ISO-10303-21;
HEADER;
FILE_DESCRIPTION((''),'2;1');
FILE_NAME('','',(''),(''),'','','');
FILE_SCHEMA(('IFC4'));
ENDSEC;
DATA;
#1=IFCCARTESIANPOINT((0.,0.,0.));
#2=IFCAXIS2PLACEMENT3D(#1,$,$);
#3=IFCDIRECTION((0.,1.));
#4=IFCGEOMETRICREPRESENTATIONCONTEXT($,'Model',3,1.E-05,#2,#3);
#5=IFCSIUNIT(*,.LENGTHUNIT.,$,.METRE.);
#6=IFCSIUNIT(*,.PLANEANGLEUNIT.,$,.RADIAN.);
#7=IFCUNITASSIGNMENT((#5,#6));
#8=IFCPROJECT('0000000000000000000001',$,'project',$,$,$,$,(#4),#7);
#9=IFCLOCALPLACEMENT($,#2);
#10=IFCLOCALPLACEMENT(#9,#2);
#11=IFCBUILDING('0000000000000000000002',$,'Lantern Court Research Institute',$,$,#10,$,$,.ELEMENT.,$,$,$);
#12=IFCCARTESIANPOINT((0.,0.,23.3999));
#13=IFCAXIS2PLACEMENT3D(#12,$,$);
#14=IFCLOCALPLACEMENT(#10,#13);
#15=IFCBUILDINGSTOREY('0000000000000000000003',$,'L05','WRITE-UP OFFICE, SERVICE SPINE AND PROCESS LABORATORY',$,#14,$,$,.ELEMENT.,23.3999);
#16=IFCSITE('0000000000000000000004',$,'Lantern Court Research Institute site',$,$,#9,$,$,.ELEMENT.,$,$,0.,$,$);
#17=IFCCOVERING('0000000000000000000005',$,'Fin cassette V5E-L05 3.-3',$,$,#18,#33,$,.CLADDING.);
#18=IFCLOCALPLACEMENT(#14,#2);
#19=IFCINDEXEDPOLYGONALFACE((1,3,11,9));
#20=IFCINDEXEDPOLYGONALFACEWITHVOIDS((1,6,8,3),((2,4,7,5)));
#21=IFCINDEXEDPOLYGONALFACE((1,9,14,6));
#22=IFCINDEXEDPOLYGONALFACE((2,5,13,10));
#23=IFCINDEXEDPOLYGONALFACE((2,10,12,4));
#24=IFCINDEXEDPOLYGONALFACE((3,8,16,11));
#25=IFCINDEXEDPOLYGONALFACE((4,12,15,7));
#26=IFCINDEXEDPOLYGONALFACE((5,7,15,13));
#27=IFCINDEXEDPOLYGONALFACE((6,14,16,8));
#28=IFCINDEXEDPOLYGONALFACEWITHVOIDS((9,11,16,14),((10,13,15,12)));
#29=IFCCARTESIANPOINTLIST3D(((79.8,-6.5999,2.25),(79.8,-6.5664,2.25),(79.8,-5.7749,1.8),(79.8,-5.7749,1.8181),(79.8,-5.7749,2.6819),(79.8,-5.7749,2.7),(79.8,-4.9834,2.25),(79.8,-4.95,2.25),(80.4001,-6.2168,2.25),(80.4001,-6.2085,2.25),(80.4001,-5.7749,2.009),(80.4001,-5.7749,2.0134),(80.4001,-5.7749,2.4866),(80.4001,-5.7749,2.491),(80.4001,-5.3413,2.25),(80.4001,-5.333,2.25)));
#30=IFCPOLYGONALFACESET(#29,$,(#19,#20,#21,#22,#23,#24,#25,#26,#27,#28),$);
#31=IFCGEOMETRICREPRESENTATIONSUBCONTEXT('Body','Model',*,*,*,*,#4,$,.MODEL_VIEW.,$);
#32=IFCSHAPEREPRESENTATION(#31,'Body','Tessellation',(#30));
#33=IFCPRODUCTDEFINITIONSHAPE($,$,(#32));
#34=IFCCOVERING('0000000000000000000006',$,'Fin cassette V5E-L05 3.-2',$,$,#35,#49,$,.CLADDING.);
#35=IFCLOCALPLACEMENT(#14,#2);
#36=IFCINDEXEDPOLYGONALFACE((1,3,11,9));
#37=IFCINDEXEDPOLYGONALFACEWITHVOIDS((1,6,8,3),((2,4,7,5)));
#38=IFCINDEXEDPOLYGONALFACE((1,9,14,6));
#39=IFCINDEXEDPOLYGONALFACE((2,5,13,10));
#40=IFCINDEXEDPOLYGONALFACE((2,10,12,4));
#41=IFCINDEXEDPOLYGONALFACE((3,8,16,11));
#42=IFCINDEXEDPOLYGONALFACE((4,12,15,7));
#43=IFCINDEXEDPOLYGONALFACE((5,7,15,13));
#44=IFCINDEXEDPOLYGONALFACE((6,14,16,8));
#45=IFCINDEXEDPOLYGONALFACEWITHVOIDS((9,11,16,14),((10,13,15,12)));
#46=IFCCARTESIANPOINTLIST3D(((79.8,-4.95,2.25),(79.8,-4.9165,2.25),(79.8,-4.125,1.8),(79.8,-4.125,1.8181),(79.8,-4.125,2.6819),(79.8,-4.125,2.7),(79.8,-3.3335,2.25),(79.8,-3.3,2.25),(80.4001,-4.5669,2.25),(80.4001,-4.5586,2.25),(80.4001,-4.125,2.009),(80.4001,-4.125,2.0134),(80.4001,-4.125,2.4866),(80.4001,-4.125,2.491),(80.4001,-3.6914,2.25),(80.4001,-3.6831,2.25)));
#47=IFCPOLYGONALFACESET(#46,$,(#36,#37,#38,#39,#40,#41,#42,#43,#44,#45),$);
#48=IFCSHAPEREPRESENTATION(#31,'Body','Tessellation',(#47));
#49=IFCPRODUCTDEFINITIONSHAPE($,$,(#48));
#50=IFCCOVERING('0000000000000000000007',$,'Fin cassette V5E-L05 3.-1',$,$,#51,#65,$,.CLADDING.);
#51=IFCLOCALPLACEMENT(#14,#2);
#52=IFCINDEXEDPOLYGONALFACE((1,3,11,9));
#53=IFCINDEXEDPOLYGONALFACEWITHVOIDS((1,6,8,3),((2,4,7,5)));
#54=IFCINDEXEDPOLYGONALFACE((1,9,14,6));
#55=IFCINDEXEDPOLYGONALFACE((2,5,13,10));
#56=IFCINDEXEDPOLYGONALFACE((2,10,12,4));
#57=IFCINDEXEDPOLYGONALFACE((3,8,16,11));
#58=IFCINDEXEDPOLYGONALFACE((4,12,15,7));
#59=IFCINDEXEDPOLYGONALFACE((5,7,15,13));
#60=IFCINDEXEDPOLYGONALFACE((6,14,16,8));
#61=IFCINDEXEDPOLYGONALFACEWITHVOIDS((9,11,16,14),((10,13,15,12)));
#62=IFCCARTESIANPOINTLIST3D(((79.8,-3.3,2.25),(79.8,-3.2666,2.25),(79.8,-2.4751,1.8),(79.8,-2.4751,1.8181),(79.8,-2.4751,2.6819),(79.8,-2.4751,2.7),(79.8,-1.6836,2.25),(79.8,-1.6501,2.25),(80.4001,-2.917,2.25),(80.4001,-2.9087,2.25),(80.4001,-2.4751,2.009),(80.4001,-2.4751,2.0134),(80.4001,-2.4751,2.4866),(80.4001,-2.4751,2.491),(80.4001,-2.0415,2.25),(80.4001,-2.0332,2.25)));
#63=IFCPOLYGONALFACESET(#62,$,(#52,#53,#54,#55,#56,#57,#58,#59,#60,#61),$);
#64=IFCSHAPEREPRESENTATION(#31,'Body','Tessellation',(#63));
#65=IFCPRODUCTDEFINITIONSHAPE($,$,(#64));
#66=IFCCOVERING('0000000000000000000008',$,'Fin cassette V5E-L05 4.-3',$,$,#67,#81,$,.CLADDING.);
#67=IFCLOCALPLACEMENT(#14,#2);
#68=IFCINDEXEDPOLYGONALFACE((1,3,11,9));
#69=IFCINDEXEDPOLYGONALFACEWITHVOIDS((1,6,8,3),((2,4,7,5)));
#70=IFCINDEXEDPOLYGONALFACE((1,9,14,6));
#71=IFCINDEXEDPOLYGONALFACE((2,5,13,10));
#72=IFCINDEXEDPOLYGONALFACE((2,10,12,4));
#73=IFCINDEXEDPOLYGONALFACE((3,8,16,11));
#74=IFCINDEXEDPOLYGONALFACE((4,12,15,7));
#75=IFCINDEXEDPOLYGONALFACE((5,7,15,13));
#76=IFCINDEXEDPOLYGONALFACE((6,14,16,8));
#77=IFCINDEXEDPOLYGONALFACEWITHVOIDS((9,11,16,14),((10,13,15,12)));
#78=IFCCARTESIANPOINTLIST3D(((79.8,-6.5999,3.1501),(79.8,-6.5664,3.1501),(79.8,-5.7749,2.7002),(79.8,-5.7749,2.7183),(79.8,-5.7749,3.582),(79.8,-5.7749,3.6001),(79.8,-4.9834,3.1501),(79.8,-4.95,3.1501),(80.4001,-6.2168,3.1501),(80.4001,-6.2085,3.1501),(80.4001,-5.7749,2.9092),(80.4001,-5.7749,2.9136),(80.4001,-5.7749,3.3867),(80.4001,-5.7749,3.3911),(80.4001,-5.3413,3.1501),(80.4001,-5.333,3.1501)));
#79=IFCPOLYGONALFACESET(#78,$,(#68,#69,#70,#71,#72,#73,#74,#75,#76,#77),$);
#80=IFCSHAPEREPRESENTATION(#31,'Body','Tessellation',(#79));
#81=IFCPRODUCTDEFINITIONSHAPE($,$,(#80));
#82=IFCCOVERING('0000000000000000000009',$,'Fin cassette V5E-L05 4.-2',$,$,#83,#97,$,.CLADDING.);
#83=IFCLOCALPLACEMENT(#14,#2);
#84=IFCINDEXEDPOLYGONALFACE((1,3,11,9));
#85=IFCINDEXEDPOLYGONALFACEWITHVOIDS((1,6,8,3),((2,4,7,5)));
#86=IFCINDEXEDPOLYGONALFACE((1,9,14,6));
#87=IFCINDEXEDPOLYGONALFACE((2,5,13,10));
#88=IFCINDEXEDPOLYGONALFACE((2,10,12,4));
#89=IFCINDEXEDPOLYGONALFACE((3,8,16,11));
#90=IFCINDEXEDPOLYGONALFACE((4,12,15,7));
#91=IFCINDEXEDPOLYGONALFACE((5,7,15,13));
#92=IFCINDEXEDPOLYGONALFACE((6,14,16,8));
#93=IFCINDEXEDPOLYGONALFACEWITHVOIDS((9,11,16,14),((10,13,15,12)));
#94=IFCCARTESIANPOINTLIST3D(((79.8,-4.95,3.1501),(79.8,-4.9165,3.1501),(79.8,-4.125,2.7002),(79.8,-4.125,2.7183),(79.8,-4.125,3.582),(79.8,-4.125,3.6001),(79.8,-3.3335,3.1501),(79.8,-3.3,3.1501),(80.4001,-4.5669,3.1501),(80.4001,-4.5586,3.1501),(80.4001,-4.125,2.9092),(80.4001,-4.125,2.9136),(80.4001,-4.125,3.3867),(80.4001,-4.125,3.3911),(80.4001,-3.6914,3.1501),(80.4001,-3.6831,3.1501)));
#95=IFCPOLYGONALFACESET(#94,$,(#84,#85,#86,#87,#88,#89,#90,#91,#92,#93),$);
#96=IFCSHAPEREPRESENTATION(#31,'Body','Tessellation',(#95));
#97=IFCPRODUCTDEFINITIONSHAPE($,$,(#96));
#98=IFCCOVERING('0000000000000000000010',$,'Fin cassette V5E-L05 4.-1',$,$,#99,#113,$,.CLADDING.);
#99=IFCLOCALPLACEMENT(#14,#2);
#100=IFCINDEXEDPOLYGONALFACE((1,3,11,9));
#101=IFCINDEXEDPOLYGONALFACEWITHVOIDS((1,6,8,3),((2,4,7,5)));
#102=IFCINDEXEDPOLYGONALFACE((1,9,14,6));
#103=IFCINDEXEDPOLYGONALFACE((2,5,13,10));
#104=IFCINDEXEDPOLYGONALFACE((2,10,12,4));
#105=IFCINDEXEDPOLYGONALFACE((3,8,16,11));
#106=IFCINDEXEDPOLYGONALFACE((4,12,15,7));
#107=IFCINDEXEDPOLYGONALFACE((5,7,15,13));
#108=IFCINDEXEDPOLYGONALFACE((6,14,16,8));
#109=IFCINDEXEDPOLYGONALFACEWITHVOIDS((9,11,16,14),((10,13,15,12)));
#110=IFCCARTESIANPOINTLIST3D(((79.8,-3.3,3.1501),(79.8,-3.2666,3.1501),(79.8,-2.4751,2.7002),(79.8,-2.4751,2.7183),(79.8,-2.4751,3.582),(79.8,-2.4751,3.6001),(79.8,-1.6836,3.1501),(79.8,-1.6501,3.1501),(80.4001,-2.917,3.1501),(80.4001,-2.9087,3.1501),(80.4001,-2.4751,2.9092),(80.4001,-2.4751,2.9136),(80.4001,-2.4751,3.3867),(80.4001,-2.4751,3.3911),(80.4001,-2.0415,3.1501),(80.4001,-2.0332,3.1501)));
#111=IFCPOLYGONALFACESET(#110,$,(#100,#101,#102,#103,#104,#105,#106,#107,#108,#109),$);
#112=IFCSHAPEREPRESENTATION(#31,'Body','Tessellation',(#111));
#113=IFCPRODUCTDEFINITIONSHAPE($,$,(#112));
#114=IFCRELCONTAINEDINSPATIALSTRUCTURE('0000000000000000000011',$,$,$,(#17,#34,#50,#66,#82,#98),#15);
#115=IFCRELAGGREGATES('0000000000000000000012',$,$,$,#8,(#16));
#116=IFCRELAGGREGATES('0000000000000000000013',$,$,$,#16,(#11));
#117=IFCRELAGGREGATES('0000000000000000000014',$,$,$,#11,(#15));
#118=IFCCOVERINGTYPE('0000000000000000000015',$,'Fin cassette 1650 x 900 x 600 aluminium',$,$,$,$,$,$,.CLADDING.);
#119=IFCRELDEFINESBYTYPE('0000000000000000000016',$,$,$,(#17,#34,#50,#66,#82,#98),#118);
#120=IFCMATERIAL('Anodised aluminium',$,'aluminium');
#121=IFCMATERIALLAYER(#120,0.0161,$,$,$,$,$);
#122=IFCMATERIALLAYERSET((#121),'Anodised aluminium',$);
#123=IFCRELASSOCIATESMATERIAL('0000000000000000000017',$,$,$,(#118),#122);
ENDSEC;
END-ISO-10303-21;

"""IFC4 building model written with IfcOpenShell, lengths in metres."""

from ifc_helpers import new_model, entity, si_unit, direction, frame, origin, place, context, subcontext, project, spatial, material, layer, layer_set, type_object, element, save


model = new_model("IFC4")

# Units and contexts
model_context = context("Model", 3, precision=1e-05, world=origin(), true_north=direction((0.0, 1.0)))
body_context = subcontext(model_context, "Body", "Model", "MODEL_VIEW")
ifc_project = project(units=[si_unit("LENGTHUNIT", "METRE"), si_unit("PLANEANGLEUNIT", "RADIAN")], contexts=[model_context])

# Site, building, storey
site_placement = place(None, origin())
site = spatial("IfcSite", under=ifc_project, at=site_placement, Name="Lantern Court Research Institute site", CompositionType="ELEMENT", RefElevation=0.0)
building_placement = place(site_placement, origin())
building = spatial("IfcBuilding", under=site, at=building_placement, Name="Lantern Court Research Institute", CompositionType="ELEMENT")
storey_placement = place(building_placement, frame((0.0, 0.0, 23.3999)))
storey = spatial("IfcBuildingStorey", under=building, at=storey_placement, Name="L05", Description="WRITE-UP OFFICE, SERVICE SPINE AND PROCESS LABORATORY", CompositionType="ELEMENT", Elevation=23.3999)

# Coverings
ifc_material_1 = material(Name="Anodised aluminium", Category="aluminium")
ifc_layer_1 = layer(ifc_material_1, 0.0161)
ifc_layer_set_1 = layer_set([ifc_layer_1], Name="Anodised aluminium")
covering_type = type_object("IfcCoveringType", Name="Fin cassette 1650 x 900 x 600 aluminium", PredefinedType="CLADDING", material=ifc_layer_set_1)
covering_1_placement = place(storey_placement, frame((79.8, -5.7749, 2.25), z_axis=(1.0, 0.0, 0.0), x_axis=(0.0, 1.0, 0.0)))
cartesian_point_1 = entity("IfcCartesianPoint", [0.825, 0.0])
cartesian_point_2 = entity("IfcCartesianPoint", [0.7915, 0.0])
cartesian_point_3 = entity("IfcCartesianPoint", [0.4419, 0.0])
cartesian_point_4 = entity("IfcCartesianPoint", [0.4336, 0.0])
element("IfcCovering", 1, at=covering_1_placement, inside=storey, type_object=covering_type, Name="Fin cassette V5E-L05 3.-3", PredefinedType="CLADDING", context=body_context, shape_type="SweptSolid", body=[
    entity("IfcExtrudedAreaSolidTapered", entity("IfcArbitraryProfileDefWithVoids", "AREA", None, entity("IfcPolyline", [cartesian_point_1, entity("IfcCartesianPoint", [0.0, 0.45]), entity("IfcCartesianPoint", [-0.825, 0.0]), entity("IfcCartesianPoint", [0.0, -0.45]), cartesian_point_1]), [entity("IfcPolyline", [cartesian_point_2, entity("IfcCartesianPoint", [0.0, 0.4319]), entity("IfcCartesianPoint", [-0.7915, 0.0]), entity("IfcCartesianPoint", [0.0, -0.4319]), cartesian_point_2])]), entity("IfcAxis2Placement3D", entity("IfcCartesianPoint", [0.0, 0.0, 0.0])), entity("IfcDirection", [0.0, 0.0, 1.0]), 0.6001, entity("IfcArbitraryProfileDefWithVoids", "AREA", None, entity("IfcPolyline", [cartesian_point_3, entity("IfcCartesianPoint", [0.0, 0.241]), entity("IfcCartesianPoint", [-0.4419, 0.0]), entity("IfcCartesianPoint", [0.0, -0.241]), cartesian_point_3]), [entity("IfcPolyline", [cartesian_point_4, entity("IfcCartesianPoint", [0.0, 0.2366]), entity("IfcCartesianPoint", [-0.4336, 0.0]), entity("IfcCartesianPoint", [0.0, -0.2366]), cartesian_point_4])])),
])
covering_2_placement = place(storey_placement, frame((79.8, -4.125, 2.25), z_axis=(1.0, 0.0, 0.0), x_axis=(0.0, 1.0, 0.0)))
cartesian_point_5 = entity("IfcCartesianPoint", [0.825, 0.0])
cartesian_point_6 = entity("IfcCartesianPoint", [0.7915, 0.0])
cartesian_point_7 = entity("IfcCartesianPoint", [0.4419, 0.0])
cartesian_point_8 = entity("IfcCartesianPoint", [0.4336, 0.0])
element("IfcCovering", 2, at=covering_2_placement, inside=storey, type_object=covering_type, Name="Fin cassette V5E-L05 3.-2", PredefinedType="CLADDING", context=body_context, shape_type="SweptSolid", body=[
    entity("IfcExtrudedAreaSolidTapered", entity("IfcArbitraryProfileDefWithVoids", "AREA", None, entity("IfcPolyline", [cartesian_point_5, entity("IfcCartesianPoint", [0.0, 0.45]), entity("IfcCartesianPoint", [-0.825, 0.0]), entity("IfcCartesianPoint", [0.0, -0.45]), cartesian_point_5]), [entity("IfcPolyline", [cartesian_point_6, entity("IfcCartesianPoint", [0.0, 0.4319]), entity("IfcCartesianPoint", [-0.7915, 0.0]), entity("IfcCartesianPoint", [0.0, -0.4319]), cartesian_point_6])]), entity("IfcAxis2Placement3D", entity("IfcCartesianPoint", [0.0, 0.0, 0.0])), entity("IfcDirection", [0.0, 0.0, 1.0]), 0.6001, entity("IfcArbitraryProfileDefWithVoids", "AREA", None, entity("IfcPolyline", [cartesian_point_7, entity("IfcCartesianPoint", [0.0, 0.241]), entity("IfcCartesianPoint", [-0.4419, 0.0]), entity("IfcCartesianPoint", [0.0, -0.241]), cartesian_point_7]), [entity("IfcPolyline", [cartesian_point_8, entity("IfcCartesianPoint", [0.0, 0.2366]), entity("IfcCartesianPoint", [-0.4336, 0.0]), entity("IfcCartesianPoint", [0.0, -0.2366]), cartesian_point_8])])),
])
covering_3_placement = place(storey_placement, frame((79.8, -2.4751, 2.25), z_axis=(1.0, 0.0, 0.0), x_axis=(0.0, 1.0, 0.0)))
cartesian_point_9 = entity("IfcCartesianPoint", [0.825, 0.0])
cartesian_point_10 = entity("IfcCartesianPoint", [0.7915, 0.0])
cartesian_point_11 = entity("IfcCartesianPoint", [0.4419, 0.0])
cartesian_point_12 = entity("IfcCartesianPoint", [0.4336, 0.0])
element("IfcCovering", 3, at=covering_3_placement, inside=storey, type_object=covering_type, Name="Fin cassette V5E-L05 3.-1", PredefinedType="CLADDING", context=body_context, shape_type="SweptSolid", body=[
    entity("IfcExtrudedAreaSolidTapered", entity("IfcArbitraryProfileDefWithVoids", "AREA", None, entity("IfcPolyline", [cartesian_point_9, entity("IfcCartesianPoint", [0.0, 0.45]), entity("IfcCartesianPoint", [-0.825, 0.0]), entity("IfcCartesianPoint", [0.0, -0.45]), cartesian_point_9]), [entity("IfcPolyline", [cartesian_point_10, entity("IfcCartesianPoint", [0.0, 0.4319]), entity("IfcCartesianPoint", [-0.7915, 0.0]), entity("IfcCartesianPoint", [0.0, -0.4319]), cartesian_point_10])]), entity("IfcAxis2Placement3D", entity("IfcCartesianPoint", [0.0, 0.0, 0.0])), entity("IfcDirection", [0.0, 0.0, 1.0]), 0.6001, entity("IfcArbitraryProfileDefWithVoids", "AREA", None, entity("IfcPolyline", [cartesian_point_11, entity("IfcCartesianPoint", [0.0, 0.241]), entity("IfcCartesianPoint", [-0.4419, 0.0]), entity("IfcCartesianPoint", [0.0, -0.241]), cartesian_point_11]), [entity("IfcPolyline", [cartesian_point_12, entity("IfcCartesianPoint", [0.0, 0.2366]), entity("IfcCartesianPoint", [-0.4336, 0.0]), entity("IfcCartesianPoint", [0.0, -0.2366]), cartesian_point_12])])),
])
covering_4_placement = place(storey_placement, frame((79.8, -5.7749, 3.1501), z_axis=(1.0, 0.0, 0.0), x_axis=(0.0, 1.0, 0.0)))
cartesian_point_13 = entity("IfcCartesianPoint", [0.825, 0.0])
cartesian_point_14 = entity("IfcCartesianPoint", [0.7915, 0.0])
cartesian_point_15 = entity("IfcCartesianPoint", [0.4419, 0.0])
cartesian_point_16 = entity("IfcCartesianPoint", [0.4336, 0.0])
element("IfcCovering", 4, at=covering_4_placement, inside=storey, type_object=covering_type, Name="Fin cassette V5E-L05 4.-3", PredefinedType="CLADDING", context=body_context, shape_type="SweptSolid", body=[
    entity("IfcExtrudedAreaSolidTapered", entity("IfcArbitraryProfileDefWithVoids", "AREA", None, entity("IfcPolyline", [cartesian_point_13, entity("IfcCartesianPoint", [0.0, 0.45]), entity("IfcCartesianPoint", [-0.825, 0.0]), entity("IfcCartesianPoint", [0.0, -0.45]), cartesian_point_13]), [entity("IfcPolyline", [cartesian_point_14, entity("IfcCartesianPoint", [0.0, 0.4319]), entity("IfcCartesianPoint", [-0.7915, 0.0]), entity("IfcCartesianPoint", [0.0, -0.4319]), cartesian_point_14])]), entity("IfcAxis2Placement3D", entity("IfcCartesianPoint", [0.0, 0.0, 0.0])), entity("IfcDirection", [0.0, 0.0, 1.0]), 0.6001, entity("IfcArbitraryProfileDefWithVoids", "AREA", None, entity("IfcPolyline", [cartesian_point_15, entity("IfcCartesianPoint", [0.0, 0.241]), entity("IfcCartesianPoint", [-0.4419, 0.0]), entity("IfcCartesianPoint", [0.0, -0.241]), cartesian_point_15]), [entity("IfcPolyline", [cartesian_point_16, entity("IfcCartesianPoint", [0.0, 0.2366]), entity("IfcCartesianPoint", [-0.4336, 0.0]), entity("IfcCartesianPoint", [0.0, -0.2366]), cartesian_point_16])])),
])
covering_5_placement = place(storey_placement, frame((79.8, -4.125, 3.1501), z_axis=(1.0, 0.0, 0.0), x_axis=(0.0, 1.0, 0.0)))
cartesian_point_17 = entity("IfcCartesianPoint", [0.825, 0.0])
cartesian_point_18 = entity("IfcCartesianPoint", [0.7915, 0.0])
cartesian_point_19 = entity("IfcCartesianPoint", [0.4419, 0.0])
cartesian_point_20 = entity("IfcCartesianPoint", [0.4336, 0.0])
element("IfcCovering", 5, at=covering_5_placement, inside=storey, type_object=covering_type, Name="Fin cassette V5E-L05 4.-2", PredefinedType="CLADDING", context=body_context, shape_type="SweptSolid", body=[
    entity("IfcExtrudedAreaSolidTapered", entity("IfcArbitraryProfileDefWithVoids", "AREA", None, entity("IfcPolyline", [cartesian_point_17, entity("IfcCartesianPoint", [0.0, 0.45]), entity("IfcCartesianPoint", [-0.825, 0.0]), entity("IfcCartesianPoint", [0.0, -0.45]), cartesian_point_17]), [entity("IfcPolyline", [cartesian_point_18, entity("IfcCartesianPoint", [0.0, 0.4319]), entity("IfcCartesianPoint", [-0.7915, 0.0]), entity("IfcCartesianPoint", [0.0, -0.4319]), cartesian_point_18])]), entity("IfcAxis2Placement3D", entity("IfcCartesianPoint", [0.0, 0.0, 0.0])), entity("IfcDirection", [0.0, 0.0, 1.0]), 0.6001, entity("IfcArbitraryProfileDefWithVoids", "AREA", None, entity("IfcPolyline", [cartesian_point_19, entity("IfcCartesianPoint", [0.0, 0.241]), entity("IfcCartesianPoint", [-0.4419, 0.0]), entity("IfcCartesianPoint", [0.0, -0.241]), cartesian_point_19]), [entity("IfcPolyline", [cartesian_point_20, entity("IfcCartesianPoint", [0.0, 0.2366]), entity("IfcCartesianPoint", [-0.4336, 0.0]), entity("IfcCartesianPoint", [0.0, -0.2366]), cartesian_point_20])])),
])
covering_6_placement = place(storey_placement, frame((79.8, -2.4751, 3.1501), z_axis=(1.0, 0.0, 0.0), x_axis=(0.0, 1.0, 0.0)))
cartesian_point_21 = entity("IfcCartesianPoint", [0.825, 0.0])
cartesian_point_22 = entity("IfcCartesianPoint", [0.7915, 0.0])
cartesian_point_23 = entity("IfcCartesianPoint", [0.4419, 0.0])
cartesian_point_24 = entity("IfcCartesianPoint", [0.4336, 0.0])
element("IfcCovering", 6, at=covering_6_placement, inside=storey, type_object=covering_type, Name="Fin cassette V5E-L05 4.-1", PredefinedType="CLADDING", context=body_context, shape_type="SweptSolid", body=[
    entity("IfcExtrudedAreaSolidTapered", entity("IfcArbitraryProfileDefWithVoids", "AREA", None, entity("IfcPolyline", [cartesian_point_21, entity("IfcCartesianPoint", [0.0, 0.45]), entity("IfcCartesianPoint", [-0.825, 0.0]), entity("IfcCartesianPoint", [0.0, -0.45]), cartesian_point_21]), [entity("IfcPolyline", [cartesian_point_22, entity("IfcCartesianPoint", [0.0, 0.4319]), entity("IfcCartesianPoint", [-0.7915, 0.0]), entity("IfcCartesianPoint", [0.0, -0.4319]), cartesian_point_22])]), entity("IfcAxis2Placement3D", entity("IfcCartesianPoint", [0.0, 0.0, 0.0])), entity("IfcDirection", [0.0, 0.0, 1.0]), 0.6001, entity("IfcArbitraryProfileDefWithVoids", "AREA", None, entity("IfcPolyline", [cartesian_point_23, entity("IfcCartesianPoint", [0.0, 0.241]), entity("IfcCartesianPoint", [-0.4419, 0.0]), entity("IfcCartesianPoint", [0.0, -0.241]), cartesian_point_23]), [entity("IfcPolyline", [cartesian_point_24, entity("IfcCartesianPoint", [0.0, 0.2366]), entity("IfcCartesianPoint", [-0.4336, 0.0]), entity("IfcCartesianPoint", [0.0, -0.2366]), cartesian_point_24])])),
])

save(model, "model.ifc")
